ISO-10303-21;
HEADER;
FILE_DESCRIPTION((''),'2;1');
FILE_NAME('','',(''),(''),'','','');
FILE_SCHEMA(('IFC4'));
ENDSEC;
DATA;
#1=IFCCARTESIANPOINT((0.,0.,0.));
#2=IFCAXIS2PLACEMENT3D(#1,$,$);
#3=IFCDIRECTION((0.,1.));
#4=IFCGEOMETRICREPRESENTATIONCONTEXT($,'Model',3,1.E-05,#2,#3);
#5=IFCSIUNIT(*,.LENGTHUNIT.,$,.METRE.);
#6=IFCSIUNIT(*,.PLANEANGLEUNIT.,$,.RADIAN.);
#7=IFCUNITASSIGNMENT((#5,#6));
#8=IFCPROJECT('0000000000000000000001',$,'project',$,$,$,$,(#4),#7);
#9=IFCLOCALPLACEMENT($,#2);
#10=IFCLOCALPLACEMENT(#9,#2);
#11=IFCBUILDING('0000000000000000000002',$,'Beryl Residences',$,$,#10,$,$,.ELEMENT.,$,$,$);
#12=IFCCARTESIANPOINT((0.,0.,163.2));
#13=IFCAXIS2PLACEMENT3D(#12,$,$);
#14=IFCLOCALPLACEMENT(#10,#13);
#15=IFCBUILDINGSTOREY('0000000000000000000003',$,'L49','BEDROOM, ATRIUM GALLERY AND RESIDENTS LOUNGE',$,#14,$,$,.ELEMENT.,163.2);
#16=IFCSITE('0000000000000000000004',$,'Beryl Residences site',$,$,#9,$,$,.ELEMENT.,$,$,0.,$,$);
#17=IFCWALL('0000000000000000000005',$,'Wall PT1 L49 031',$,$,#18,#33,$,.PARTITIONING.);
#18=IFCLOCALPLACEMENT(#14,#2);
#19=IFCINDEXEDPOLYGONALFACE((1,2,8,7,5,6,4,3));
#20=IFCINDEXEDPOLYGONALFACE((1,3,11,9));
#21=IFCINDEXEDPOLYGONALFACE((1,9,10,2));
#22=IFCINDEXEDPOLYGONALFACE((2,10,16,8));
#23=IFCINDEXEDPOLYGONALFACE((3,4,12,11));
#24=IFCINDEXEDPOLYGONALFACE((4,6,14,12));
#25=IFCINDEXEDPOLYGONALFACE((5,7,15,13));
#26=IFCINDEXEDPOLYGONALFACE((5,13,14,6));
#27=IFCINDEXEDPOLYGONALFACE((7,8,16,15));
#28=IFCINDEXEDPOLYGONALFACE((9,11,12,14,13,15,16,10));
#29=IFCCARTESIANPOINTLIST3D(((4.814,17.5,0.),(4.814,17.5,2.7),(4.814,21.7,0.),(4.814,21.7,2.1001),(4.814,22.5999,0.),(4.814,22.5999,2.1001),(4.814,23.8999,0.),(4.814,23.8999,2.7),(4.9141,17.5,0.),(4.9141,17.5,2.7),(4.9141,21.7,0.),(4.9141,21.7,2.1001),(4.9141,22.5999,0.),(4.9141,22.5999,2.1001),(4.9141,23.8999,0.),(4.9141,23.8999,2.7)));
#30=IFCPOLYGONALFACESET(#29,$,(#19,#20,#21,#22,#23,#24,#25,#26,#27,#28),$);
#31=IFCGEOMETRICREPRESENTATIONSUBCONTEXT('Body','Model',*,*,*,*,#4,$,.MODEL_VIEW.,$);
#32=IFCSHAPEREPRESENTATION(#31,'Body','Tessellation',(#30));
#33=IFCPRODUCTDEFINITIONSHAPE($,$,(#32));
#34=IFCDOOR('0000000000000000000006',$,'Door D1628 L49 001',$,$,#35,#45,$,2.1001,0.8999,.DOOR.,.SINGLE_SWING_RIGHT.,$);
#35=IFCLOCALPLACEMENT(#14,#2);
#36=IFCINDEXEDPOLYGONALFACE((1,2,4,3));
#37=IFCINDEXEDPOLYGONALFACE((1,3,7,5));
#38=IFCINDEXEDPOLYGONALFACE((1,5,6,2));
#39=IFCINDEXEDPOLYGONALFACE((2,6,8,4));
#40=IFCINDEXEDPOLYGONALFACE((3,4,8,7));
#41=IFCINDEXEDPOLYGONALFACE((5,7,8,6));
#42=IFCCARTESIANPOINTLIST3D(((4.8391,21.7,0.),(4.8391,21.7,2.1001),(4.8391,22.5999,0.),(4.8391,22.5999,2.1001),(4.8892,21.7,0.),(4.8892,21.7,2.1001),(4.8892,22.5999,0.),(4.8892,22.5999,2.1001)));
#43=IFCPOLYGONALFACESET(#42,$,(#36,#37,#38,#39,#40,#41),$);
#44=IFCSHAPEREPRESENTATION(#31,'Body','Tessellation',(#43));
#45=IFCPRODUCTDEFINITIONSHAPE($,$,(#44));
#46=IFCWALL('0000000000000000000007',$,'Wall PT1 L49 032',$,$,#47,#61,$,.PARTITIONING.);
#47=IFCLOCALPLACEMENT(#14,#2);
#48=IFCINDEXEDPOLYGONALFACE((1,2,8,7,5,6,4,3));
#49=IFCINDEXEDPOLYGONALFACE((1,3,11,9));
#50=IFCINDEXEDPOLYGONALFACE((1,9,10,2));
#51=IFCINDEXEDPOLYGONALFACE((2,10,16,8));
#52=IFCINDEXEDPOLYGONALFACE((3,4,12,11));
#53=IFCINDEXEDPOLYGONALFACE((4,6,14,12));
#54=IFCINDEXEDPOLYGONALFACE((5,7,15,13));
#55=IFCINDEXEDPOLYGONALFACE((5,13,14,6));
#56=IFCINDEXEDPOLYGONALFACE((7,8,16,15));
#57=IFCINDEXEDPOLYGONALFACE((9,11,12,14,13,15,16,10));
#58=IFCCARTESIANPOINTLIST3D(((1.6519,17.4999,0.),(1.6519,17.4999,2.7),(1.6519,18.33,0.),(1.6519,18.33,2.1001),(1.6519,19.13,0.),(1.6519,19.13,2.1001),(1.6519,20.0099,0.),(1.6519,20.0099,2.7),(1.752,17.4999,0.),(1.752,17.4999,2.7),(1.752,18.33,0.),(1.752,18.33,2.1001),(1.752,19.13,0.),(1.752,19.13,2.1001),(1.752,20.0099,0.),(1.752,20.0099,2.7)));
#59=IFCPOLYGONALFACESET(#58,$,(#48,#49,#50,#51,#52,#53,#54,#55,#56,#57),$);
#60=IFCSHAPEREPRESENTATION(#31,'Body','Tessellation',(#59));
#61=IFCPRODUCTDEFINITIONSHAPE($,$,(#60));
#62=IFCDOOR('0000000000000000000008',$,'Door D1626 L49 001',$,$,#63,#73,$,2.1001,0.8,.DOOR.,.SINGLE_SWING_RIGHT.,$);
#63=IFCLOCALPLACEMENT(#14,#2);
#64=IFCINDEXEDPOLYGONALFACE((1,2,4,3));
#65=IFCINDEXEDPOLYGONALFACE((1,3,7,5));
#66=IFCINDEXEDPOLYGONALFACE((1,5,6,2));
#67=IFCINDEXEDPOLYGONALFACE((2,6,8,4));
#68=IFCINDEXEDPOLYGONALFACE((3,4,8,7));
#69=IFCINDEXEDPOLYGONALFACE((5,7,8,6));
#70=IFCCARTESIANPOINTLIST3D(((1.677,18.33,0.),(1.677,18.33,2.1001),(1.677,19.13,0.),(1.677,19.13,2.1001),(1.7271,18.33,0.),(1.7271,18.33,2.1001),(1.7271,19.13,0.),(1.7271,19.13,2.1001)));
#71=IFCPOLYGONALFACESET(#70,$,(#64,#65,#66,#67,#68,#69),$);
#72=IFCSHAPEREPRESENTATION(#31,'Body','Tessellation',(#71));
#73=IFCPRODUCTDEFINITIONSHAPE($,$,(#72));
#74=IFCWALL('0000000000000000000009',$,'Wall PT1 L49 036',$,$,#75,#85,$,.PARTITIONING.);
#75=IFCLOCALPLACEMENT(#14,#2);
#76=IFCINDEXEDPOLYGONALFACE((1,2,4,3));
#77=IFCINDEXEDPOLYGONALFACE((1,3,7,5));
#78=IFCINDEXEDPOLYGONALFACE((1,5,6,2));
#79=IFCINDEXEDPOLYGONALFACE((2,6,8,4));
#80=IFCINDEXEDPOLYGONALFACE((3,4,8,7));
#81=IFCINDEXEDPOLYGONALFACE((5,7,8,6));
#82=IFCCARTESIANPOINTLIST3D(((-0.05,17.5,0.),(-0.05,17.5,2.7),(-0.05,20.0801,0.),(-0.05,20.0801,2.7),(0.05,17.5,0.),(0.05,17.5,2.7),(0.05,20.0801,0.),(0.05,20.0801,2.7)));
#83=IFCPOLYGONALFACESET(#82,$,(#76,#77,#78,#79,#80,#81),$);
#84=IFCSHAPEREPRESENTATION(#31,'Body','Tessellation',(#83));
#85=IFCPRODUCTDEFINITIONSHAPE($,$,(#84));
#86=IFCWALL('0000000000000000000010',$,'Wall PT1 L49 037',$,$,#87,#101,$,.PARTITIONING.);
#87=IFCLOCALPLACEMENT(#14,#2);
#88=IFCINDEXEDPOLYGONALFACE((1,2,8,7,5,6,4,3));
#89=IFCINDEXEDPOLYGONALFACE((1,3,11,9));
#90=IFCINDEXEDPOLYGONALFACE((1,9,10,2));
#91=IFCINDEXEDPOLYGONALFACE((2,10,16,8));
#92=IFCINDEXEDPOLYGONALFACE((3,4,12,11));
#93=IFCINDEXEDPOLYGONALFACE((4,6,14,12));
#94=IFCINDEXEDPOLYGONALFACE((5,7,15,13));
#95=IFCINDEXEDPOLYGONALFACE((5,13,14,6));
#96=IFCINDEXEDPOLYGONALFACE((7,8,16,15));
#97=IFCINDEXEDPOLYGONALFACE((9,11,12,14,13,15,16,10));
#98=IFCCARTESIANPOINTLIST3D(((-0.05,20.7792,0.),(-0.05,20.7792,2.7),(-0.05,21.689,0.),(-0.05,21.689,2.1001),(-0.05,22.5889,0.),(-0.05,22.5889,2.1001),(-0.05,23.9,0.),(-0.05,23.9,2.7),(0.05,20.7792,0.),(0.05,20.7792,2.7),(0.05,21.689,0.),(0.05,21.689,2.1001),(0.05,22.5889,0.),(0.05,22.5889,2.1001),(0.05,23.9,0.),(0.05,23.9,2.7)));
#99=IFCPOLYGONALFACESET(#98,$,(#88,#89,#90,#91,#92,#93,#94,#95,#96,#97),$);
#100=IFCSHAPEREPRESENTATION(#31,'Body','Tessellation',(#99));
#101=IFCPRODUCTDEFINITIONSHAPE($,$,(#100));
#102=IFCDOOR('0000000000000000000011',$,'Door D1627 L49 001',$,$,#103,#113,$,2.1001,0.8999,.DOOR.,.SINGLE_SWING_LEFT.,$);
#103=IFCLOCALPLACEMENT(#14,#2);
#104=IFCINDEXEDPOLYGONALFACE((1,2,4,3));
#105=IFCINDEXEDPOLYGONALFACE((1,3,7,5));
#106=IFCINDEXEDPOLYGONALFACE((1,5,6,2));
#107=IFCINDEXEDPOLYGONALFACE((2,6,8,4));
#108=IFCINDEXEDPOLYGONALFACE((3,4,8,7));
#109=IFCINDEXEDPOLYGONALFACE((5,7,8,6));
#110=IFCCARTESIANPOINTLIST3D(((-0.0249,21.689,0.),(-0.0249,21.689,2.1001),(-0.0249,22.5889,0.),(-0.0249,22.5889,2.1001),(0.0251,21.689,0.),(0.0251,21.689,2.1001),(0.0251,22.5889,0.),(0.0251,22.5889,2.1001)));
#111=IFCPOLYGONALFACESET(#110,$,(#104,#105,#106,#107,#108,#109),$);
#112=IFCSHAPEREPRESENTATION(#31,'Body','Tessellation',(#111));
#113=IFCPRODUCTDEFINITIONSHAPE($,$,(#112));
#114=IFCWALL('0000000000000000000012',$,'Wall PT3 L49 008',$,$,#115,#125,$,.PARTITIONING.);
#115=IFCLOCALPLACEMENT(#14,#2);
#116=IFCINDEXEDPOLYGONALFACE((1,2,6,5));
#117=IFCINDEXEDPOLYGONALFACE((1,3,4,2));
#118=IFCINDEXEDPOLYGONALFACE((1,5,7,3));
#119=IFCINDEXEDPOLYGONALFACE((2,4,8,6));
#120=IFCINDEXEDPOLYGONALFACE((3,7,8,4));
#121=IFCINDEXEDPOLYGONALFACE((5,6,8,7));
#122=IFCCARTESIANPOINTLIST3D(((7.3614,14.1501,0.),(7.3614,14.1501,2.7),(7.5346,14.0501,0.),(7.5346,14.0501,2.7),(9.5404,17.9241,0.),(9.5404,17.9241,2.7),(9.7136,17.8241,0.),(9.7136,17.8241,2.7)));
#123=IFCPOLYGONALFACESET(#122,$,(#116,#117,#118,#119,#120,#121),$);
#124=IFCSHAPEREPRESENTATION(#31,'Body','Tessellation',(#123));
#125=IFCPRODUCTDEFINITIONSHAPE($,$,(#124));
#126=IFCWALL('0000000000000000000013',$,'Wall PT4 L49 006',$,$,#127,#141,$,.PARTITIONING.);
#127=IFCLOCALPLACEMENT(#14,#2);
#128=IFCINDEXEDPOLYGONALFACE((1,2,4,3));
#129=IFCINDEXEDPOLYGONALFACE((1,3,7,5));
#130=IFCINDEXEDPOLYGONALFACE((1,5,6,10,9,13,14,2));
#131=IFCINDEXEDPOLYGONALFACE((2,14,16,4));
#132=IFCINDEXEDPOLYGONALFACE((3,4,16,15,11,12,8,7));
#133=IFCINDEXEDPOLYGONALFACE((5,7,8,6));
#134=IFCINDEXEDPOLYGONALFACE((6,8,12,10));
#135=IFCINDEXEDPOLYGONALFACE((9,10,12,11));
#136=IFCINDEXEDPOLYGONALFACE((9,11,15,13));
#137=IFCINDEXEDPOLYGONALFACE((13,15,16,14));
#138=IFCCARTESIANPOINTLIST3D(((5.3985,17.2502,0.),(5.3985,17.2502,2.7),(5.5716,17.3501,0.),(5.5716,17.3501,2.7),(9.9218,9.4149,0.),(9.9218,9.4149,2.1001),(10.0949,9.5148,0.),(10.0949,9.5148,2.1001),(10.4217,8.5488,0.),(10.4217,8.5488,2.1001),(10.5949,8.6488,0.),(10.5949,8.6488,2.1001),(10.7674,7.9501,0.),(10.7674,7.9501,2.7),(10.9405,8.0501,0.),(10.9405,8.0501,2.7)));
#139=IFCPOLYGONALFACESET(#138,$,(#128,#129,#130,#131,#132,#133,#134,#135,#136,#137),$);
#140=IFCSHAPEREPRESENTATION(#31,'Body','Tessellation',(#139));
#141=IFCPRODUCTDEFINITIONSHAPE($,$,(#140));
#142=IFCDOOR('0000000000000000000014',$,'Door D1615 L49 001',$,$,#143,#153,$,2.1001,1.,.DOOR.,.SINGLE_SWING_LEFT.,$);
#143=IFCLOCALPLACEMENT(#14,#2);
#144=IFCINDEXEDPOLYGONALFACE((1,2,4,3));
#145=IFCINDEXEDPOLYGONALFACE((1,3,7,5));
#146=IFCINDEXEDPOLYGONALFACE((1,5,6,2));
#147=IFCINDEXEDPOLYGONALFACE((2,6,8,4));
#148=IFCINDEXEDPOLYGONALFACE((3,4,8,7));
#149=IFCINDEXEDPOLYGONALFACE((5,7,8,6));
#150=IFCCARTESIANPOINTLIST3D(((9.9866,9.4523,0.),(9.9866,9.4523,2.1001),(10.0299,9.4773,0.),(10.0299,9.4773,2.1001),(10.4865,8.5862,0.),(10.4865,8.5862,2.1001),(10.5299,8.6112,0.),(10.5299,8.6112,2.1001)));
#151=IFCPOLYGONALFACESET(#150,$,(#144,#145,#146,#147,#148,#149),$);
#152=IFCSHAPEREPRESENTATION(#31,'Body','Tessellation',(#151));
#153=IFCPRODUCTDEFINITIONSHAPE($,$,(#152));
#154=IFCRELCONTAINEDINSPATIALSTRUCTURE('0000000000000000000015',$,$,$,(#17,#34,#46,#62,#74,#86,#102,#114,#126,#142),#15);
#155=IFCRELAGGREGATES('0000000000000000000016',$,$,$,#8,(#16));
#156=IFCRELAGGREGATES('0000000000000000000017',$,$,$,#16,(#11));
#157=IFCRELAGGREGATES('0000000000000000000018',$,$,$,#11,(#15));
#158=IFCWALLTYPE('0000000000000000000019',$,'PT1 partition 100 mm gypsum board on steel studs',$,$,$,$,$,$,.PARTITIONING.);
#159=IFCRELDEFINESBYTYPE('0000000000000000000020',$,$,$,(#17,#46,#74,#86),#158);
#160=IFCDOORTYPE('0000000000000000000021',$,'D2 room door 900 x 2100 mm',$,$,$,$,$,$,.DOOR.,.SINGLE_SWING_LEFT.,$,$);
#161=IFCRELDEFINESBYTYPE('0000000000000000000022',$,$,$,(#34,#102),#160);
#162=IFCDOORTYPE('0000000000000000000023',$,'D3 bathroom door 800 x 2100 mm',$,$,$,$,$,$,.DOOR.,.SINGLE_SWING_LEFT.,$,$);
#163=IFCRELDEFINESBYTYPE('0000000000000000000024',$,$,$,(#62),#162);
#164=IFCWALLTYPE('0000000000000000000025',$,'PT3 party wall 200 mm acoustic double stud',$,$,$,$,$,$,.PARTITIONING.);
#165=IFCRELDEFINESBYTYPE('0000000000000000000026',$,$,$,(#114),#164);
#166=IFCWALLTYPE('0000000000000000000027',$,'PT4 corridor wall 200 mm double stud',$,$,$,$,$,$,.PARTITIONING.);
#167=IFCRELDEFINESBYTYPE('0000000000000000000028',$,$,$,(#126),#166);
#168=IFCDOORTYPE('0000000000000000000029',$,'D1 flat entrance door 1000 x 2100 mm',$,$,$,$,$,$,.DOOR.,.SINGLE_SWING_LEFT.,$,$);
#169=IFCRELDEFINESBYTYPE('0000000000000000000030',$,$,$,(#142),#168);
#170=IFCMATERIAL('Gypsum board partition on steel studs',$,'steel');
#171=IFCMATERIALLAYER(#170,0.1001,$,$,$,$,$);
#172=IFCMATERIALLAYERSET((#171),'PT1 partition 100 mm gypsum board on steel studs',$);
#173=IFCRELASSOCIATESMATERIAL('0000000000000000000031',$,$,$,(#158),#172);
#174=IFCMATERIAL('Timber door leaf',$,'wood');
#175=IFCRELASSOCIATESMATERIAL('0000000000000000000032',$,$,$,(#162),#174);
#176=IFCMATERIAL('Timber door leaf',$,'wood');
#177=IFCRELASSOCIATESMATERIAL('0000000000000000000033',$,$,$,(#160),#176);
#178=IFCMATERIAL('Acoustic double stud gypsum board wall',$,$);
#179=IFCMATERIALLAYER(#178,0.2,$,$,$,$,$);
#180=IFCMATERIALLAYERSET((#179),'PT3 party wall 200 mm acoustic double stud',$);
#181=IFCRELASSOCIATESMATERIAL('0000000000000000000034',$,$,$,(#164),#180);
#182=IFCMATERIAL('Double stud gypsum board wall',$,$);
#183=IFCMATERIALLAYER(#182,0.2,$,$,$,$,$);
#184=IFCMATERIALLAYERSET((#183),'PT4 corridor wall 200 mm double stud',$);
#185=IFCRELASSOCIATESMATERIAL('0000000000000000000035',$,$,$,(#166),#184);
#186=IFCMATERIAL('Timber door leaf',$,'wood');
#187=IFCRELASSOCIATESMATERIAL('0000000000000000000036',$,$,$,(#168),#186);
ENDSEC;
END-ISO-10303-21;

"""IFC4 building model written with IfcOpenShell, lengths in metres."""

from ifc_helpers import new_model, si_unit, direction, frame, frame_2d, origin, place, context, subcontext, project, spatial, rectangle, extrude, material, layer, layer_set, type_object, element, fill, save


model = new_model("IFC4")

# Units and contexts
model_context = context("Model", 3, precision=1e-05, world=origin(), true_north=direction((0.0, 1.0)))
body_context = subcontext(model_context, "Body", "Model", "MODEL_VIEW")
ifc_project = project(units=[si_unit("LENGTHUNIT", "METRE"), si_unit("PLANEANGLEUNIT", "RADIAN")], contexts=[model_context])

# Site, building, storey
site_placement = place(None, origin())
site = spatial("IfcSite", under=ifc_project, at=site_placement, Name="Beryl Residences site", CompositionType="ELEMENT", RefElevation=0.0)
building_placement = place(site_placement, origin())
building = spatial("IfcBuilding", under=site, at=building_placement, Name="Beryl Residences", CompositionType="ELEMENT")
storey_placement = place(building_placement, frame((0.0, 0.0, 163.2)))
storey = spatial("IfcBuildingStorey", under=building, at=storey_placement, Name="L49", Description="BEDROOM, ATRIUM GALLERY AND RESIDENTS LOUNGE", CompositionType="ELEMENT", Elevation=163.2)

# Shared definitions
ifc_material_1 = material(Name="Gypsum board partition on steel studs", Category="steel")
ifc_layer_1 = layer(ifc_material_1, 0.1001)
ifc_layer_set_1 = layer_set([ifc_layer_1], Name="PT1 partition 100 mm gypsum board on steel studs")
wall_type_1 = type_object("IfcWallType", Name="PT1 partition 100 mm gypsum board on steel studs", PredefinedType="PARTITIONING", material=ifc_layer_set_1)
ifc_material_2 = material(Name="Timber door leaf", Category="wood")
door_type_1 = type_object("IfcDoorType", Name="D3 bathroom door 800 x 2100 mm", OperationType="SINGLE_SWING_LEFT", PredefinedType="DOOR", material=ifc_material_2)

# Shared definitions
ifc_material_3 = material(Name="Timber door leaf", Category="wood")
door_type_2 = type_object("IfcDoorType", Name="D2 room door 900 x 2100 mm", OperationType="SINGLE_SWING_LEFT", PredefinedType="DOOR", material=ifc_material_3)

# Walls, openings, doors
wall_1_placement = place(storey_placement, frame((4.864, 17.5, 0.0), z_axis=(0.0, 0.0, 1.0), x_axis=(0.0, 1.0, 0.0)))
wall_1 = element("IfcWall", 1, at=wall_1_placement, inside=storey, type_object=wall_type_1, Name="Wall PT1 L49 031", PredefinedType="PARTITIONING", context=body_context, shape_type="SweptSolid", body=[
    extrude(rectangle(XDim=6.3999, YDim=0.1001, at=frame_2d((3.2, 0.0))), origin(), (0.0, 0.0, 1.0), 2.7),
])
opening_1_placement = place(wall_1_placement, frame((4.2, 0.0, 0.0)))
opening_1 = element("IfcOpeningElement", 2, at=opening_1_placement, cuts=wall_1, PredefinedType="OPENING", context=body_context, shape_type="SweptSolid", body=[
    extrude(rectangle(XDim=0.8999, YDim=2.1001, at=frame_2d((0.45, 1.05))), frame((0.0, 0.0601, 0.0), z_axis=(0.0, -1.0, 0.0), x_axis=(1.0, 0.0, 0.0)), (0.0, 0.0, 1.0), 0.1201),
])
door_1_placement = place(opening_1_placement, origin())
door_1 = element("IfcDoor", 3, at=door_1_placement, inside=storey, type_object=door_type_2, Name="Door D1628 L49 001", OperationType="SINGLE_SWING_RIGHT", OverallHeight=2.1001, OverallWidth=0.8999, PredefinedType="DOOR", context=body_context, shape_type="SweptSolid", body=[
    extrude(rectangle(XDim=0.8999, YDim=2.1001, at=frame_2d((0.45, 1.05))), frame((0.0, 0.0249, 0.0), z_axis=(0.0, -1.0, 0.0), x_axis=(1.0, 0.0, 0.0)), (0.0, 0.0, 1.0), 0.05),
])
fill(opening_1, door_1)
wall_2_placement = place(storey_placement, frame((1.7019, 17.5, 0.0), z_axis=(0.0, 0.0, 1.0), x_axis=(0.0, 1.0, 0.0)))
wall_2 = element("IfcWall", 4, at=wall_2_placement, inside=storey, type_object=wall_type_1, Name="Wall PT1 L49 032", PredefinedType="PARTITIONING", context=body_context, shape_type="SweptSolid", body=[
    extrude(rectangle(XDim=2.51, YDim=0.1001, at=frame_2d((1.2549, 0.0))), origin(), (0.0, 0.0, 1.0), 2.7),
])
opening_2_placement = place(wall_2_placement, frame((0.8301, 0.0, 0.0)))
opening_2 = element("IfcOpeningElement", 5, at=opening_2_placement, cuts=wall_2, PredefinedType="OPENING", context=body_context, shape_type="SweptSolid", body=[
    extrude(rectangle(XDim=0.8, YDim=2.1001, at=frame_2d((0.3999, 1.05))), frame((0.0, 0.0601, 0.0), z_axis=(0.0, -1.0, 0.0), x_axis=(1.0, 0.0, 0.0)), (0.0, 0.0, 1.0), 0.1201),
])
door_2_placement = place(opening_2_placement, origin())
door_2 = element("IfcDoor", 6, at=door_2_placement, inside=storey, type_object=door_type_1, Name="Door D1626 L49 001", OperationType="SINGLE_SWING_RIGHT", OverallHeight=2.1001, OverallWidth=0.8, PredefinedType="DOOR", context=body_context, shape_type="SweptSolid", body=[
    extrude(rectangle(XDim=0.8, YDim=2.1001, at=frame_2d((0.3999, 1.05))), frame((0.0, 0.0249, 0.0), z_axis=(0.0, -1.0, 0.0), x_axis=(1.0, 0.0, 0.0)), (0.0, 0.0, 1.0), 0.05),
])
fill(opening_2, door_2)

# Wall
wall_3_placement = place(storey_placement, frame((0.0, 17.5, 0.0), z_axis=(0.0, 0.0, 1.0), x_axis=(0.0, 1.0, 0.0)))
element("IfcWall", 7, at=wall_3_placement, inside=storey, type_object=wall_type_1, Name="Wall PT1 L49 036", PredefinedType="PARTITIONING", context=body_context, shape_type="SweptSolid", body=[
    extrude(rectangle(XDim=2.5801, YDim=0.1001, at=frame_2d((1.29, 0.0))), origin(), (0.0, 0.0, 1.0), 2.7),
])

# Wall, opening, door
wall_4_placement = place(storey_placement, frame((0.0, 20.7791, 0.0), z_axis=(0.0, 0.0, 1.0), x_axis=(0.0, 1.0, 0.0)))
wall_4 = element("IfcWall", 8, at=wall_4_placement, inside=storey, type_object=wall_type_1, Name="Wall PT1 L49 037", PredefinedType="PARTITIONING", context=body_context, shape_type="SweptSolid", body=[
    extrude(rectangle(XDim=3.1208, YDim=0.1001, at=frame_2d((1.5605, 0.0))), origin(), (0.0, 0.0, 1.0), 2.7),
])
opening_3_placement = place(wall_4_placement, frame((0.9099, 0.0, 0.0)))
opening_3 = element("IfcOpeningElement", 9, at=opening_3_placement, cuts=wall_4, PredefinedType="OPENING", context=body_context, shape_type="SweptSolid", body=[
    extrude(rectangle(XDim=0.8999, YDim=2.1001, at=frame_2d((0.45, 1.05))), frame((0.0, 0.0601, 0.0), z_axis=(0.0, -1.0, 0.0), x_axis=(1.0, 0.0, 0.0)), (0.0, 0.0, 1.0), 0.1201),
])
door_3_placement = place(opening_3_placement, origin())
door_3 = element("IfcDoor", 10, at=door_3_placement, inside=storey, type_object=door_type_2, Name="Door D1627 L49 001", OperationType="SINGLE_SWING_LEFT", OverallHeight=2.1001, OverallWidth=0.8999, PredefinedType="DOOR", context=body_context, shape_type="SweptSolid", body=[
    extrude(rectangle(XDim=0.8999, YDim=2.1001, at=frame_2d((0.45, 1.05))), frame((0.0, 0.0249, 0.0), z_axis=(0.0, -1.0, 0.0), x_axis=(1.0, 0.0, 0.0)), (0.0, 0.0, 1.0), 0.05),
])
fill(opening_3, door_3)

# Wall
ifc_material_4 = material(Name="Acoustic double stud gypsum board wall")
ifc_layer_2 = layer(ifc_material_4, 0.2)
ifc_layer_set_2 = layer_set([ifc_layer_2], Name="PT3 party wall 200 mm acoustic double stud")
wall_type_2 = type_object("IfcWallType", Name="PT3 party wall 200 mm acoustic double stud", PredefinedType="PARTITIONING", material=ifc_layer_set_2)
wall_5_placement = place(storey_placement, frame((7.448, 14.1001, 0.0), z_axis=(0.0, 0.0, 1.0), x_axis=(0.500013, 0.866018, 0.0)))
element("IfcWall", 11, at=wall_5_placement, inside=storey, type_object=wall_type_2, Name="Wall PT3 L49 008", PredefinedType="PARTITIONING", context=body_context, shape_type="SweptSolid", body=[
    extrude(rectangle(XDim=4.3579, YDim=0.2, at=frame_2d((2.179, 0.0))), origin(), (0.0, 0.0, 1.0), 2.7),
])

# Wall, opening, door
ifc_material_5 = material(Name="Double stud gypsum board wall")
ifc_layer_3 = layer(ifc_material_5, 0.2)
ifc_layer_set_3 = layer_set([ifc_layer_3], Name="PT4 corridor wall 200 mm double stud")
wall_type_3 = type_object("IfcWallType", Name="PT4 corridor wall 200 mm double stud", PredefinedType="PARTITIONING", material=ifc_layer_set_3)
wall_6_placement = place(storey_placement, frame((5.4851, 17.3, 0.0), z_axis=(0.0, 0.0, 1.0), x_axis=(0.499966, -0.866045, 0.0)))
wall_6 = element("IfcWall", 12, at=wall_6_placement, inside=storey, type_object=wall_type_3, Name="Wall PT4 L49 006", PredefinedType="PARTITIONING", context=body_context, shape_type="SweptSolid", body=[
    extrude(rectangle(XDim=10.7385, YDim=0.2, at=frame_2d((5.3691, 0.0))), origin(), (0.0, 0.0, 1.0), 2.7),
])
opening_4_placement = place(wall_6_placement, frame((9.0471, 0.0, 0.0)))
opening_4 = element("IfcOpeningElement", 13, at=opening_4_placement, cuts=wall_6, PredefinedType="OPENING", context=body_context, shape_type="SweptSolid", body=[
    extrude(rectangle(XDim=1.0, YDim=2.1001, at=frame_2d((0.5, 1.05))), frame((0.0, 0.1099, 0.0), z_axis=(0.0, -1.0, 0.0), x_axis=(1.0, 0.0, 0.0)), (0.0, 0.0, 1.0), 0.22),
])
ifc_material_6 = material(Name="Timber door leaf", Category="wood")
door_type_3 = type_object("IfcDoorType", Name="D1 flat entrance door 1000 x 2100 mm", OperationType="SINGLE_SWING_LEFT", PredefinedType="DOOR", material=ifc_material_6)
door_4_placement = place(opening_4_placement, origin())
door_4 = element("IfcDoor", 14, at=door_4_placement, inside=storey, type_object=door_type_3, Name="Door D1615 L49 001", OperationType="SINGLE_SWING_LEFT", OverallHeight=2.1001, OverallWidth=1.0, PredefinedType="DOOR", context=body_context, shape_type="SweptSolid", body=[
    extrude(rectangle(XDim=1.0, YDim=2.1001, at=frame_2d((0.5, 1.05))), frame((0.0, 0.0249, 0.0), z_axis=(0.0, -1.0, 0.0), x_axis=(1.0, 0.0, 0.0)), (0.0, 0.0, 1.0), 0.05),
])
fill(opening_4, door_4)

save(model, "model.ifc")
